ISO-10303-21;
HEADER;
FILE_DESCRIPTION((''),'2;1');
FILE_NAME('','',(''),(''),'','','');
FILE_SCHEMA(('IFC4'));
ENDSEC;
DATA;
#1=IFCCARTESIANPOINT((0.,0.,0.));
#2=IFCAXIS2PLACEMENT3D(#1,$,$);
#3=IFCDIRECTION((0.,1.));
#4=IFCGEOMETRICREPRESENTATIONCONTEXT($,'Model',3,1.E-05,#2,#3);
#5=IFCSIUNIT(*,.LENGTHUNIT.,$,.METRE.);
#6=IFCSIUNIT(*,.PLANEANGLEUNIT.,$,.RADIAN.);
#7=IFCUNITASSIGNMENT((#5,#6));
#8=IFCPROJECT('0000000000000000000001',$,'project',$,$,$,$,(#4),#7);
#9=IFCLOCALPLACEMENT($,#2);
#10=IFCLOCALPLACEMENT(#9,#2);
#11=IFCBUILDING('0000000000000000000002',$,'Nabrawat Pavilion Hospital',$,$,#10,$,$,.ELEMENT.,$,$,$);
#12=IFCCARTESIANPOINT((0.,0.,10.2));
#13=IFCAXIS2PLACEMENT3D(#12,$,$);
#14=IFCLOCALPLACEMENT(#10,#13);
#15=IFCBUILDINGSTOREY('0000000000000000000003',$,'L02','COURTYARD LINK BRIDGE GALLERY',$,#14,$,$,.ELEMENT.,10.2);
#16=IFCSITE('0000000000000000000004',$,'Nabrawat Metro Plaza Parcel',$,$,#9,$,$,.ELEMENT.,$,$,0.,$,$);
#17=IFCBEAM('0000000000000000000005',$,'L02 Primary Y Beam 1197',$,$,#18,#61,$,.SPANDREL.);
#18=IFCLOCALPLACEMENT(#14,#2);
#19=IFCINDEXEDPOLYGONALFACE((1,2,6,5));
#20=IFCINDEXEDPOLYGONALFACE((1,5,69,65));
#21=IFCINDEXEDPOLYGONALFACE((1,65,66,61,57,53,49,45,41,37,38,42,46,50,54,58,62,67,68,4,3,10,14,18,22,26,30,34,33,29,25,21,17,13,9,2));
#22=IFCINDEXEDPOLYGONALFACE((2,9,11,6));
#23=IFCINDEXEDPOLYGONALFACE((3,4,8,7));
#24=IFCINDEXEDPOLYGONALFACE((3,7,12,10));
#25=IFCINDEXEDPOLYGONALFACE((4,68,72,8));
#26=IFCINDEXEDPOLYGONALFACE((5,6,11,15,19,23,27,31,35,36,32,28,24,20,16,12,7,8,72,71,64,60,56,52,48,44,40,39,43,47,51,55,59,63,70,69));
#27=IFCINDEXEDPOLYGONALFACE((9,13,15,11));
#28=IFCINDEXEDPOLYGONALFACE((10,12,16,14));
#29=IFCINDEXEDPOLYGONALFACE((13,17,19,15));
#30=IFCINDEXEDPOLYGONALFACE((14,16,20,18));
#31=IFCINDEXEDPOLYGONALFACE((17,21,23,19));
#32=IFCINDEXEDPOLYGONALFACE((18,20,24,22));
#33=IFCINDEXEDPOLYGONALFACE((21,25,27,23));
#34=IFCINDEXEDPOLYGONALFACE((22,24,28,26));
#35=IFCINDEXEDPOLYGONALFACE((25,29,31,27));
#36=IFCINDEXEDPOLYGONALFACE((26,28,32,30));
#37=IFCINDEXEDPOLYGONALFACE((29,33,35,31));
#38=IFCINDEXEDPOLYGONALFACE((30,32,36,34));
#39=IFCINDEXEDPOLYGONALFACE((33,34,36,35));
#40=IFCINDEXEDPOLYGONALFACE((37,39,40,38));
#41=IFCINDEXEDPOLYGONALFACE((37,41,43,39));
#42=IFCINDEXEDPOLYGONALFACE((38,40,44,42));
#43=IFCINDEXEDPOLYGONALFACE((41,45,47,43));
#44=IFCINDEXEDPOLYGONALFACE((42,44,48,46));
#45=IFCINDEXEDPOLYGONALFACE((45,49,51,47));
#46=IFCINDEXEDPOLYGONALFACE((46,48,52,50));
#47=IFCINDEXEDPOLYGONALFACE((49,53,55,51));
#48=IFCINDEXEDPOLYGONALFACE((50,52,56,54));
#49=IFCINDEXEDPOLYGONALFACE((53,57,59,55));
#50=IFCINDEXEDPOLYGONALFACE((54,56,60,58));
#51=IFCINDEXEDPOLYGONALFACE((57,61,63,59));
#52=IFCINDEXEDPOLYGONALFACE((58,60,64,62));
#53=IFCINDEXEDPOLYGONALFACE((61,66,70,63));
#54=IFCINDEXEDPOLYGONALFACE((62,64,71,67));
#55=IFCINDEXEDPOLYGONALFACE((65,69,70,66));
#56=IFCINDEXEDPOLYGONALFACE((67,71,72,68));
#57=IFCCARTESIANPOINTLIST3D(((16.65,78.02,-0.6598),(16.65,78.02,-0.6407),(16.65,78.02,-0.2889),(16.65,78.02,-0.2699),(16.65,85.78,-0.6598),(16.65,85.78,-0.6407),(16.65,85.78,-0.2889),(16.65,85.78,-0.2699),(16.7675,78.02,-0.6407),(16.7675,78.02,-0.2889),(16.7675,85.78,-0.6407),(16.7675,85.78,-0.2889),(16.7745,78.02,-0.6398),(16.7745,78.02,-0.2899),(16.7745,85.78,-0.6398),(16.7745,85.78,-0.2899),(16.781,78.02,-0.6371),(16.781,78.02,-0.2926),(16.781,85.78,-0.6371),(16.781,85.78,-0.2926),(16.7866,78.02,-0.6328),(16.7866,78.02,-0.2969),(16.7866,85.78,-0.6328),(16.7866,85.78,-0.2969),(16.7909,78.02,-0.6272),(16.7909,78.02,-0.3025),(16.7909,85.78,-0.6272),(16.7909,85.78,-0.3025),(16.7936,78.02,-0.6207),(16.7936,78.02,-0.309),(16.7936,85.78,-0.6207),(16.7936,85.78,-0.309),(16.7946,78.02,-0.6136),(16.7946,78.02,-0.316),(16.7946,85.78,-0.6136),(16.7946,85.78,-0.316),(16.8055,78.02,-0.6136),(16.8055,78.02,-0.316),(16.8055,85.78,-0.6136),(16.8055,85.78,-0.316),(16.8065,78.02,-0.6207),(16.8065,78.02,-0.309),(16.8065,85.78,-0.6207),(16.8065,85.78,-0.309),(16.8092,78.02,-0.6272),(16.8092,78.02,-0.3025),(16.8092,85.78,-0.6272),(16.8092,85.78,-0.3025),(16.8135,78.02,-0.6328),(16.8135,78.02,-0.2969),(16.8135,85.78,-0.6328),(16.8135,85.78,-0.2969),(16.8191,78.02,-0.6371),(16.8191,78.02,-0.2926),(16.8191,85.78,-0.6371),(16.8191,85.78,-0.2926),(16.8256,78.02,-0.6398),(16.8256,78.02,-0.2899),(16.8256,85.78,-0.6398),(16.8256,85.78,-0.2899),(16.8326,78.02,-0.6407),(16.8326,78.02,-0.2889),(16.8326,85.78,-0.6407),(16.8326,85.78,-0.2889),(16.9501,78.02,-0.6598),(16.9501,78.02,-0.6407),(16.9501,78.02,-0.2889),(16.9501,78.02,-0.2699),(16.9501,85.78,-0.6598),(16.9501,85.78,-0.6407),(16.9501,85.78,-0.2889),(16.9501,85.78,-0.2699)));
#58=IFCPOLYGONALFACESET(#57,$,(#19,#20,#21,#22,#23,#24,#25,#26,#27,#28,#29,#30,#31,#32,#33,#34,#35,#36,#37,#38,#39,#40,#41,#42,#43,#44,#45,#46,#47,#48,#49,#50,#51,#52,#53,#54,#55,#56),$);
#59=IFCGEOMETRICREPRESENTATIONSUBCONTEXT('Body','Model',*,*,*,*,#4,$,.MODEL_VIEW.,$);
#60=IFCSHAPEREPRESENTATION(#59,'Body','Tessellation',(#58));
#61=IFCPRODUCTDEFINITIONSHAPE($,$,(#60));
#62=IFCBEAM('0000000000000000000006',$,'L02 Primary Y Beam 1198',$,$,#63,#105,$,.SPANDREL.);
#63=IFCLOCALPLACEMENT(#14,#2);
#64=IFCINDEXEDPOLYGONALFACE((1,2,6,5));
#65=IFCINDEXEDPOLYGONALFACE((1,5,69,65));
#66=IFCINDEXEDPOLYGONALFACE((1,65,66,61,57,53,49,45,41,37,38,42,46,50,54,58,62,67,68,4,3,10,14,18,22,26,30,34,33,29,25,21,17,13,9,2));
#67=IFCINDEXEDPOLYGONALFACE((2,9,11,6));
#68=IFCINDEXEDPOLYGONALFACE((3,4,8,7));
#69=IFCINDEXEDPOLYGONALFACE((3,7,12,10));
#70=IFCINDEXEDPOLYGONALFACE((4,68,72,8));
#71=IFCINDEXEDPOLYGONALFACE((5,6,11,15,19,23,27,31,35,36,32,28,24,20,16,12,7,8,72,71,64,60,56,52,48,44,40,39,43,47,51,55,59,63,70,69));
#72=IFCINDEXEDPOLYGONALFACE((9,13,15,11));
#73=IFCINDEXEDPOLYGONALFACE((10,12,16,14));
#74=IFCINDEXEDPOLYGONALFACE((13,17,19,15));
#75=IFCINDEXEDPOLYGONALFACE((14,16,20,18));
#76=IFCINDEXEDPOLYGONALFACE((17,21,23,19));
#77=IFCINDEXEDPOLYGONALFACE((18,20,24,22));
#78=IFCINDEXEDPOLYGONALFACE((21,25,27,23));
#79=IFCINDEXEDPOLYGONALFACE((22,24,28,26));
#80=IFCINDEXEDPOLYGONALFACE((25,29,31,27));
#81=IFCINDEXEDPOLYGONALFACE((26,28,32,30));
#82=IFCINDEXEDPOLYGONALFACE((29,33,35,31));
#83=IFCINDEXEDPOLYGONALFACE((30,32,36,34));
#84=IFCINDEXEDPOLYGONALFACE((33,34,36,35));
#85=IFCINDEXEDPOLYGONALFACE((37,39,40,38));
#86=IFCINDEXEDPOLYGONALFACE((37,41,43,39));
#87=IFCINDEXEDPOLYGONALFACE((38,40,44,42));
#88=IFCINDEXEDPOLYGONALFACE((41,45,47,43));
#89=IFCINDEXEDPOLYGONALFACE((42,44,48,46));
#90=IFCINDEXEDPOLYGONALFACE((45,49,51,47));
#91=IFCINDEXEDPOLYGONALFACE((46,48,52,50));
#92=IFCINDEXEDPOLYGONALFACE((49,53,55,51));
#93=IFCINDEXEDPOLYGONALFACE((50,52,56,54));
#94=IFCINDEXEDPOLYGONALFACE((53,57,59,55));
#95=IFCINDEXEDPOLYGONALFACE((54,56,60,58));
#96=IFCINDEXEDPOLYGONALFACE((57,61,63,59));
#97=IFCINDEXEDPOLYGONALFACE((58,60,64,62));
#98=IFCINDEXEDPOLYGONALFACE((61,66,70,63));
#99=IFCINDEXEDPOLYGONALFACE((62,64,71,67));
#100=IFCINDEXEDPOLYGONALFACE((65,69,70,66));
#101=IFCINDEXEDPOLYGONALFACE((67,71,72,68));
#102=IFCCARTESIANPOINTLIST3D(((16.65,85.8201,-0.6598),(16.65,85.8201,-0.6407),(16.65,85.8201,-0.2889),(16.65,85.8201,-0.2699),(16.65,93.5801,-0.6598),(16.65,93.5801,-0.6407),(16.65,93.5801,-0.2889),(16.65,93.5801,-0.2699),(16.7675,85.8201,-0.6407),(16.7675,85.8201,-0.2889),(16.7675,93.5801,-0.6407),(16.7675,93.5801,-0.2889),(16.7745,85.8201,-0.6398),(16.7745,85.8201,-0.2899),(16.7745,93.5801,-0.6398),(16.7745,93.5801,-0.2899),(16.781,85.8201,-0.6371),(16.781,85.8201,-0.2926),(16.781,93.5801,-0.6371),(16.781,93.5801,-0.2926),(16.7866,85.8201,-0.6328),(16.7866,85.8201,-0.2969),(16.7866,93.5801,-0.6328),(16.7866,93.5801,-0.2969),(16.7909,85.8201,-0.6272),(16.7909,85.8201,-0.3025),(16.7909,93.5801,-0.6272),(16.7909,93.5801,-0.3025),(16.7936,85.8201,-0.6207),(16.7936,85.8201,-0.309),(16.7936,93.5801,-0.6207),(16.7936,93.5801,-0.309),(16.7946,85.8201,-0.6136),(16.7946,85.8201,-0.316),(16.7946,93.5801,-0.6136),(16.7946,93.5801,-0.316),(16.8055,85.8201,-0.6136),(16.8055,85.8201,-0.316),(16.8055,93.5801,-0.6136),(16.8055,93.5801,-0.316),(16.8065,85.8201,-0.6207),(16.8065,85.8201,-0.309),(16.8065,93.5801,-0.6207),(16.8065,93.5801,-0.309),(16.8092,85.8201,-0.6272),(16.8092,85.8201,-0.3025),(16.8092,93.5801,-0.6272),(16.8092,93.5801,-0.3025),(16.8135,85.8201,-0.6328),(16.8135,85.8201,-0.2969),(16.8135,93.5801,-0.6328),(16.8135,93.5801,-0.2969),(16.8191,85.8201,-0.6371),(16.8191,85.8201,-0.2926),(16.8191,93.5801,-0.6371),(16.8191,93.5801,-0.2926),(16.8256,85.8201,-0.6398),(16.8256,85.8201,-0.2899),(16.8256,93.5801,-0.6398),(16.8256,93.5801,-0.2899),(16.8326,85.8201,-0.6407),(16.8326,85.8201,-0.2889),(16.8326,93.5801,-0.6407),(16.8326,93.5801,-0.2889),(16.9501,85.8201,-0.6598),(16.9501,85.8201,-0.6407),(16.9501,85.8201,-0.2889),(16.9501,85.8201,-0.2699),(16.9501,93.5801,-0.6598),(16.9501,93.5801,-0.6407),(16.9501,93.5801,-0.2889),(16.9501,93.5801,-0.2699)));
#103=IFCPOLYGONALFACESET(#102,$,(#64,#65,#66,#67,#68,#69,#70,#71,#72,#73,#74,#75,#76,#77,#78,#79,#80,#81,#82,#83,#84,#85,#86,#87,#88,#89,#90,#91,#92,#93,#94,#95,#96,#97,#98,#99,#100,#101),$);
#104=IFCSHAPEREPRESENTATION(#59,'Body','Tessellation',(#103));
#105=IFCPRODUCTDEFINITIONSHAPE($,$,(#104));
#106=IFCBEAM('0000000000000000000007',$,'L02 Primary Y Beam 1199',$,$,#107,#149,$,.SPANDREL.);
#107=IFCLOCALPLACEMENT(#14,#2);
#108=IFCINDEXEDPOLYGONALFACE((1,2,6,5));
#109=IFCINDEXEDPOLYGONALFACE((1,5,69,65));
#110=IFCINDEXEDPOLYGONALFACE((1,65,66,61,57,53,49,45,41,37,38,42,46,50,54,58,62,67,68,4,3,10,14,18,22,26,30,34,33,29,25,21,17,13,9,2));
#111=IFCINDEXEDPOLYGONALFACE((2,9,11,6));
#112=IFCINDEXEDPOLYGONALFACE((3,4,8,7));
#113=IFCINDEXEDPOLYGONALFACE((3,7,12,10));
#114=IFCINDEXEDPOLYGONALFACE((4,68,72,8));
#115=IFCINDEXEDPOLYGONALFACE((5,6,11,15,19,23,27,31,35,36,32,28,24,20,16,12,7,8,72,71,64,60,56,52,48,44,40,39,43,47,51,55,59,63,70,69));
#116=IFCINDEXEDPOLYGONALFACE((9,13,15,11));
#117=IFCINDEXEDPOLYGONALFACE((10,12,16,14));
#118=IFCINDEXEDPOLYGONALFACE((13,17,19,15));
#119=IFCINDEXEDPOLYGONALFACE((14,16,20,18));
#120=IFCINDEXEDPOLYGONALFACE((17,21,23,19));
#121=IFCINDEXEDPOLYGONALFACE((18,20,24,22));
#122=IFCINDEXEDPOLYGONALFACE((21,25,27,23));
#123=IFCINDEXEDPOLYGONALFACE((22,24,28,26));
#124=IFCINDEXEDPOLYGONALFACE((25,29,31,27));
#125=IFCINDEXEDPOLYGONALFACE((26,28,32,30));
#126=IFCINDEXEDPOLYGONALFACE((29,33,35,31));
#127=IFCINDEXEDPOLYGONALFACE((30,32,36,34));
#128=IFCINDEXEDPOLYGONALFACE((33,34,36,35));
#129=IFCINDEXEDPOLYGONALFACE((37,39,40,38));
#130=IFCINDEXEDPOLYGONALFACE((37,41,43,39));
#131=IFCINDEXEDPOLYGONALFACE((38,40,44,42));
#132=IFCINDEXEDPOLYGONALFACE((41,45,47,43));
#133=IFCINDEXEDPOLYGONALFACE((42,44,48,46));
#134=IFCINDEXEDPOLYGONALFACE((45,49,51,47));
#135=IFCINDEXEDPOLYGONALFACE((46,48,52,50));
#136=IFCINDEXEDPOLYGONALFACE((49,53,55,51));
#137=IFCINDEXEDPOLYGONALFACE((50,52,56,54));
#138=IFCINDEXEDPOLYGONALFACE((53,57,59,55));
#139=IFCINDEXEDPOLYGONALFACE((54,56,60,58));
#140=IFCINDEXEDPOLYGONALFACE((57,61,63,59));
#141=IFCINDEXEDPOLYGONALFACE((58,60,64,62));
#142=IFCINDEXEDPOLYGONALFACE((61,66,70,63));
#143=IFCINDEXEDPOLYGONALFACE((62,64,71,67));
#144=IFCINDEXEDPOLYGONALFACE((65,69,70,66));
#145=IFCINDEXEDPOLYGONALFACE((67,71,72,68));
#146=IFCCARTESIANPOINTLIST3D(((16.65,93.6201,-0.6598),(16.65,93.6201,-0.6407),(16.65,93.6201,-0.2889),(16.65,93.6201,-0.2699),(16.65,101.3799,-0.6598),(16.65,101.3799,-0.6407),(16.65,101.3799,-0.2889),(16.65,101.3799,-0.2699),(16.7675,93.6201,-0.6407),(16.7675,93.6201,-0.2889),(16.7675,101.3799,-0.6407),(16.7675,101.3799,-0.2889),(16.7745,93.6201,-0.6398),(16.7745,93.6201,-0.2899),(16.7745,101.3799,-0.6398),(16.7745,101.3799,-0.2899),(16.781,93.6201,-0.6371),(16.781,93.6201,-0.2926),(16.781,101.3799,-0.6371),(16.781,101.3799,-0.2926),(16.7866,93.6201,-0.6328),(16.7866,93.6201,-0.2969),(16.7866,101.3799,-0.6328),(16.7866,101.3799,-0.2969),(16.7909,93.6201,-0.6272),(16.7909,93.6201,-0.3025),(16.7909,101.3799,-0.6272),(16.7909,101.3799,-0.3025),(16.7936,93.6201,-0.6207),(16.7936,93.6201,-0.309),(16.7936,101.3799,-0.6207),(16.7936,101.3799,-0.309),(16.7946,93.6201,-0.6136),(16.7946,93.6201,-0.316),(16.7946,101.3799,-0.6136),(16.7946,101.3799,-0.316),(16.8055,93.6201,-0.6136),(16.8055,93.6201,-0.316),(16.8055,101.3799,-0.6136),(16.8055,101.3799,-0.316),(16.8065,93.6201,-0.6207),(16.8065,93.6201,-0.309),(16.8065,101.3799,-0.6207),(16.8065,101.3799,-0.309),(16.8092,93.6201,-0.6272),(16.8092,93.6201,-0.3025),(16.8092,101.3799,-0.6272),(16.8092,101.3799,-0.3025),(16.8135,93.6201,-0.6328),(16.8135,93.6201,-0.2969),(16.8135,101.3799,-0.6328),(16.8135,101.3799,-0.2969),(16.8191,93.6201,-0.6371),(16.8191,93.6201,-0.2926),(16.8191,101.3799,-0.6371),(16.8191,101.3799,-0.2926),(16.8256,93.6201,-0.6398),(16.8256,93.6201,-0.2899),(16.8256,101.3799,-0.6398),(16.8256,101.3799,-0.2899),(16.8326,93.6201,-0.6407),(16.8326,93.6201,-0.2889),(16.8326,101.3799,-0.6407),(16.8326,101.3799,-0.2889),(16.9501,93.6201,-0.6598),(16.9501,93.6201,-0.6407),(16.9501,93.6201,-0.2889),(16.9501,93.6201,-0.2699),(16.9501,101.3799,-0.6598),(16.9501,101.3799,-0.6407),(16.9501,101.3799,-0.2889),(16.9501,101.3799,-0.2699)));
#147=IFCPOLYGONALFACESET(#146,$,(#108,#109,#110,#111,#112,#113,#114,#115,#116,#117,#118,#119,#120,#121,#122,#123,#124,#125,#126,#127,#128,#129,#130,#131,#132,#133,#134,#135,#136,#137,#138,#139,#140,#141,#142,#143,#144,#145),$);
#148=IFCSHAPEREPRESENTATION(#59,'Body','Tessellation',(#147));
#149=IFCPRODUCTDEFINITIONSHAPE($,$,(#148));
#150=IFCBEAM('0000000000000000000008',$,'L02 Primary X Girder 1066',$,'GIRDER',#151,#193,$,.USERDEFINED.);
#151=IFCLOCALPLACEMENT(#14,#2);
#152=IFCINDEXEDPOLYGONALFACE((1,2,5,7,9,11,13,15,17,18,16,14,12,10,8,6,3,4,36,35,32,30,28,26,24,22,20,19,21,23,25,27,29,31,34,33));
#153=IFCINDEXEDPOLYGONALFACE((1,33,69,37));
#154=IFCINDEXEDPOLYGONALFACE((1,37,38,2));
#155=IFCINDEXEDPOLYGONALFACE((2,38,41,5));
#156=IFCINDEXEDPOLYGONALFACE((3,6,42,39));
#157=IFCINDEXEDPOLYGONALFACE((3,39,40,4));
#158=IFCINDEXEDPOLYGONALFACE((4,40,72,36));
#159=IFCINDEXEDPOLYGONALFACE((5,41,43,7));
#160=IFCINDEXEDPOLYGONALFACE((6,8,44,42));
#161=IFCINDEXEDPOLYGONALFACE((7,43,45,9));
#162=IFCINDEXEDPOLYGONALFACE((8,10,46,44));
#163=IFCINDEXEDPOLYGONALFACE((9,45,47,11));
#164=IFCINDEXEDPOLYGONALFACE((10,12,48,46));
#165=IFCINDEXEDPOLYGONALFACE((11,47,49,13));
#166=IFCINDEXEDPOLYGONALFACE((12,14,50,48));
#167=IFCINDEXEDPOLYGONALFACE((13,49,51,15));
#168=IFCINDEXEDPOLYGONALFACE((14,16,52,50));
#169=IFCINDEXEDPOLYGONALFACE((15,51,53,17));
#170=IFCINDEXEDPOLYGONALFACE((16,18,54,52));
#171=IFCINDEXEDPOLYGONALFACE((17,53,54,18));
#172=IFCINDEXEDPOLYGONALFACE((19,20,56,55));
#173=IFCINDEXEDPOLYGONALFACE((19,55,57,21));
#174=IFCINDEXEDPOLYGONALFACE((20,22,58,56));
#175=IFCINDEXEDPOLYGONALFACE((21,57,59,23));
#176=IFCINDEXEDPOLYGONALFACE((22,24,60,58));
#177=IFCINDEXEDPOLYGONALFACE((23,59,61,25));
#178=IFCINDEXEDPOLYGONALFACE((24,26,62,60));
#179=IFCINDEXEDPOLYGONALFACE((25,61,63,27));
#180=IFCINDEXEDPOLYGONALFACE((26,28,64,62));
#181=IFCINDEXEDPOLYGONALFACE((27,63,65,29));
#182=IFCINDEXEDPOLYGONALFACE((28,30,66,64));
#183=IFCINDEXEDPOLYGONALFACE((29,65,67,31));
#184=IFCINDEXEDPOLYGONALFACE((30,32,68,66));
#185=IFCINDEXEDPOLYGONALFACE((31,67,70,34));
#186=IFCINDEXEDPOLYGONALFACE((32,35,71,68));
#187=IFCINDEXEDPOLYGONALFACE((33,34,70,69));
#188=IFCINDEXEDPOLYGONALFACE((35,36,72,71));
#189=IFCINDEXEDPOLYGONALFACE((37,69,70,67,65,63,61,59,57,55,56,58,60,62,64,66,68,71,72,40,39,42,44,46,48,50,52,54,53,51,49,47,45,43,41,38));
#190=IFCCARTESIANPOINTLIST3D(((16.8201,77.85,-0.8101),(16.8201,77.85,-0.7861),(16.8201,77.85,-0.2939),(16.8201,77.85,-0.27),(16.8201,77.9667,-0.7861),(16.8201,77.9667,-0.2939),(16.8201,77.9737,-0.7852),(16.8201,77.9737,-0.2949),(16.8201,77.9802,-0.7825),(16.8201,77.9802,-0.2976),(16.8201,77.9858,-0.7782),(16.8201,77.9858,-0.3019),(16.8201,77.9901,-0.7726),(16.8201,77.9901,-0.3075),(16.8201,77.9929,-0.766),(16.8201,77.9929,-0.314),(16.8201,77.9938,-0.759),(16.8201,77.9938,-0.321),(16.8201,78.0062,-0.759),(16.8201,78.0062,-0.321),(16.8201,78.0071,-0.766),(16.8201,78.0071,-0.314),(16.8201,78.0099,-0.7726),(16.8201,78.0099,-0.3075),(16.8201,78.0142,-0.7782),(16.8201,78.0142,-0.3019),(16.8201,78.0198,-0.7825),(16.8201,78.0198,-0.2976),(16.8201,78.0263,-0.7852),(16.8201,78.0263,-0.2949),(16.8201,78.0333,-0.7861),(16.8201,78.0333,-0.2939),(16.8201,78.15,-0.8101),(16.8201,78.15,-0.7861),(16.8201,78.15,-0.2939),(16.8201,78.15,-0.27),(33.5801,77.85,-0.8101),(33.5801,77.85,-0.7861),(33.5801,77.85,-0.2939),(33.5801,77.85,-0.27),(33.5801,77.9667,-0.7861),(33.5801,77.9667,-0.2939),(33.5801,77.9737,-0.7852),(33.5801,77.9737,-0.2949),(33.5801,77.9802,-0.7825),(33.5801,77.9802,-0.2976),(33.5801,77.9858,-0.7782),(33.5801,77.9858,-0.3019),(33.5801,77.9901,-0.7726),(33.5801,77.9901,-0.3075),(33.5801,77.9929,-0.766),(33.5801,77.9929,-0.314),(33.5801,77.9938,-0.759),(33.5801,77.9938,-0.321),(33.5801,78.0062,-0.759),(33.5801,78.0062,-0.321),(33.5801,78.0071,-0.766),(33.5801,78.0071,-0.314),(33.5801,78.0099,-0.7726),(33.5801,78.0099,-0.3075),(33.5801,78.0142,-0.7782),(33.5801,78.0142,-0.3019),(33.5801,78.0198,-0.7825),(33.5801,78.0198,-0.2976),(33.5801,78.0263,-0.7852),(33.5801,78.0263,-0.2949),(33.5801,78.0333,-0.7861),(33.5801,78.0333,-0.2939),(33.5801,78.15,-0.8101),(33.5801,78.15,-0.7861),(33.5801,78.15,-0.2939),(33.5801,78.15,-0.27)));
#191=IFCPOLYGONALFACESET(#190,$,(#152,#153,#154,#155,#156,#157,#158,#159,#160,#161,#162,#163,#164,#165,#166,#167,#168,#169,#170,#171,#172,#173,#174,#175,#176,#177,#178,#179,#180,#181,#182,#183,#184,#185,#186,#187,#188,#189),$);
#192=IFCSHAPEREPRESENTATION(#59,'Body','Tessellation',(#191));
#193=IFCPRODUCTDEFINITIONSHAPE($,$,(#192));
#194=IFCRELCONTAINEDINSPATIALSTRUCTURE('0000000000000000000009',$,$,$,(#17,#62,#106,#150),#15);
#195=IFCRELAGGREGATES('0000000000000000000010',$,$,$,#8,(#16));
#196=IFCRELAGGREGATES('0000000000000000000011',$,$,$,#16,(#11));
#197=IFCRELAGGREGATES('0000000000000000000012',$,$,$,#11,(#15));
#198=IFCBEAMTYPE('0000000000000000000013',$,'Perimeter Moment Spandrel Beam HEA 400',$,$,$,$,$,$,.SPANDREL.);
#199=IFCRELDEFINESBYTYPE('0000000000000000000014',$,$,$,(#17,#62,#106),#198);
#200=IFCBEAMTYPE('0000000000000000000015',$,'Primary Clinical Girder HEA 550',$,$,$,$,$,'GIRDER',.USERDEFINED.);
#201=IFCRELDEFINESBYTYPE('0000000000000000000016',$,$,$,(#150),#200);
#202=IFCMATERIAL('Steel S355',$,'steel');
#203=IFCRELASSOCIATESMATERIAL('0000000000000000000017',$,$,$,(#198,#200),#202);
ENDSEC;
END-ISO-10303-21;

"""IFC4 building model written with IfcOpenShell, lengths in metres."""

from ifc_helpers import new_model, si_unit, direction, frame, origin, origin_2d, place, context, subcontext, project, spatial, i_section, extrude, material, material_profile, profile_set, type_object, element, save


model = new_model("IFC4")

# Units and contexts
model_context = context("Model", 3, precision=1e-05, world=origin(), true_north=direction((0.0, 1.0)))
body_context = subcontext(model_context, "Body", "Model", "MODEL_VIEW")
ifc_project = project(units=[si_unit("LENGTHUNIT", "METRE"), si_unit("PLANEANGLEUNIT", "RADIAN")], contexts=[model_context])

# Site, building, storey
site_placement = place(None, origin())
site = spatial("IfcSite", under=ifc_project, at=site_placement, Name="Nabrawat Metro Plaza Parcel", CompositionType="ELEMENT", RefElevation=0.0)
building_placement = place(site_placement, origin())
building = spatial("IfcBuilding", under=site, at=building_placement, Name="Nabrawat Pavilion Hospital", CompositionType="ELEMENT")
storey_placement = place(building_placement, frame((0.0, 0.0, 10.2)))
storey = spatial("IfcBuildingStorey", under=building, at=storey_placement, Name="L02", Description="COURTYARD LINK BRIDGE GALLERY", CompositionType="ELEMENT", Elevation=10.2)

# Shared definitions
ifc_material_1 = material(Name="Steel S355", Category="steel")

# Beams
ifc_material_profile_1 = material_profile(ifc_material_1, i_section(OverallWidth=0.3, OverallDepth=0.3899, WebThickness=0.011, FlangeThickness=0.019, FilletRadius=0.0271, at=origin_2d()), Name="HEA 400")
ifc_profile_set_1 = profile_set([ifc_material_profile_1], Name="Steel S355")
beam_type_1 = type_object("IfcBeamType", Name="Perimeter Moment Spandrel Beam HEA 400", PredefinedType="SPANDREL", material=ifc_profile_set_1)
for number, where, z_axis, x_axis, name in (
    (1, (16.8, 78.02, -0.4648), (0.0, 1.0, 0.0), (-1.0, 0.0, 0.0), "L02 Primary Y Beam 1197"),
    (2, (16.8, 85.8201, -0.4648), (0.0, 1.0, 0.0), (-1.0, 0.0, 0.0), "L02 Primary Y Beam 1198"),
):
    element("IfcBeam", number, at=place(storey_placement, frame(where, z_axis=z_axis, x_axis=x_axis)), inside=storey, type_object=beam_type_1, Name=name, PredefinedType="SPANDREL", context=body_context, shape_type="SweptSolid", body=[
        extrude(i_section(OverallWidth=0.3, OverallDepth=0.3899, WebThickness=0.011, FlangeThickness=0.019, FilletRadius=0.0271, at=origin_2d()), origin(), (0.0, 0.0, 1.0), 7.76),
    ])
beam_1_placement = place(storey_placement, frame((16.8, 93.6201, -0.4648), z_axis=(0.0, 1.0, 0.0), x_axis=(-1.0, 0.0, 0.0)))
element("IfcBeam", 3, at=beam_1_placement, inside=storey, type_object=beam_type_1, Name="L02 Primary Y Beam 1199", PredefinedType="SPANDREL", context=body_context, shape_type="SweptSolid", body=[
    extrude(i_section(OverallWidth=0.3, OverallDepth=0.3899, WebThickness=0.011, FlangeThickness=0.019, FilletRadius=0.0271, at=origin_2d()), origin(), (0.0, 0.0, 1.0), 7.7598),
])
ifc_material_profile_2 = material_profile(ifc_material_1, i_section(OverallWidth=0.3, OverallDepth=0.54, WebThickness=0.0125, FlangeThickness=0.0239, FilletRadius=0.0271, at=origin_2d()), Name="HEA 550")
ifc_profile_set_2 = profile_set([ifc_material_profile_2], Name="Steel S355")
beam_type_2 = type_object("IfcBeamType", Name="Primary Clinical Girder HEA 550", ElementType="GIRDER", PredefinedType="USERDEFINED", material=ifc_profile_set_2)
beam_2_placement = place(storey_placement, frame((16.8201, 78.0, -0.54), z_axis=(1.0, 0.0, 0.0), x_axis=(0.0, 1.0, 0.0)))
element("IfcBeam", 4, at=beam_2_placement, inside=storey, type_object=beam_type_2, Name="L02 Primary X Girder 1066", ObjectType="GIRDER", PredefinedType="USERDEFINED", context=body_context, shape_type="SweptSolid", body=[
    extrude(i_section(OverallWidth=0.3, OverallDepth=0.54, WebThickness=0.0125, FlangeThickness=0.0239, FilletRadius=0.0271, at=origin_2d()), origin(), (0.0, 0.0, 1.0), 16.76),
])

save(model, "model.ifc")
